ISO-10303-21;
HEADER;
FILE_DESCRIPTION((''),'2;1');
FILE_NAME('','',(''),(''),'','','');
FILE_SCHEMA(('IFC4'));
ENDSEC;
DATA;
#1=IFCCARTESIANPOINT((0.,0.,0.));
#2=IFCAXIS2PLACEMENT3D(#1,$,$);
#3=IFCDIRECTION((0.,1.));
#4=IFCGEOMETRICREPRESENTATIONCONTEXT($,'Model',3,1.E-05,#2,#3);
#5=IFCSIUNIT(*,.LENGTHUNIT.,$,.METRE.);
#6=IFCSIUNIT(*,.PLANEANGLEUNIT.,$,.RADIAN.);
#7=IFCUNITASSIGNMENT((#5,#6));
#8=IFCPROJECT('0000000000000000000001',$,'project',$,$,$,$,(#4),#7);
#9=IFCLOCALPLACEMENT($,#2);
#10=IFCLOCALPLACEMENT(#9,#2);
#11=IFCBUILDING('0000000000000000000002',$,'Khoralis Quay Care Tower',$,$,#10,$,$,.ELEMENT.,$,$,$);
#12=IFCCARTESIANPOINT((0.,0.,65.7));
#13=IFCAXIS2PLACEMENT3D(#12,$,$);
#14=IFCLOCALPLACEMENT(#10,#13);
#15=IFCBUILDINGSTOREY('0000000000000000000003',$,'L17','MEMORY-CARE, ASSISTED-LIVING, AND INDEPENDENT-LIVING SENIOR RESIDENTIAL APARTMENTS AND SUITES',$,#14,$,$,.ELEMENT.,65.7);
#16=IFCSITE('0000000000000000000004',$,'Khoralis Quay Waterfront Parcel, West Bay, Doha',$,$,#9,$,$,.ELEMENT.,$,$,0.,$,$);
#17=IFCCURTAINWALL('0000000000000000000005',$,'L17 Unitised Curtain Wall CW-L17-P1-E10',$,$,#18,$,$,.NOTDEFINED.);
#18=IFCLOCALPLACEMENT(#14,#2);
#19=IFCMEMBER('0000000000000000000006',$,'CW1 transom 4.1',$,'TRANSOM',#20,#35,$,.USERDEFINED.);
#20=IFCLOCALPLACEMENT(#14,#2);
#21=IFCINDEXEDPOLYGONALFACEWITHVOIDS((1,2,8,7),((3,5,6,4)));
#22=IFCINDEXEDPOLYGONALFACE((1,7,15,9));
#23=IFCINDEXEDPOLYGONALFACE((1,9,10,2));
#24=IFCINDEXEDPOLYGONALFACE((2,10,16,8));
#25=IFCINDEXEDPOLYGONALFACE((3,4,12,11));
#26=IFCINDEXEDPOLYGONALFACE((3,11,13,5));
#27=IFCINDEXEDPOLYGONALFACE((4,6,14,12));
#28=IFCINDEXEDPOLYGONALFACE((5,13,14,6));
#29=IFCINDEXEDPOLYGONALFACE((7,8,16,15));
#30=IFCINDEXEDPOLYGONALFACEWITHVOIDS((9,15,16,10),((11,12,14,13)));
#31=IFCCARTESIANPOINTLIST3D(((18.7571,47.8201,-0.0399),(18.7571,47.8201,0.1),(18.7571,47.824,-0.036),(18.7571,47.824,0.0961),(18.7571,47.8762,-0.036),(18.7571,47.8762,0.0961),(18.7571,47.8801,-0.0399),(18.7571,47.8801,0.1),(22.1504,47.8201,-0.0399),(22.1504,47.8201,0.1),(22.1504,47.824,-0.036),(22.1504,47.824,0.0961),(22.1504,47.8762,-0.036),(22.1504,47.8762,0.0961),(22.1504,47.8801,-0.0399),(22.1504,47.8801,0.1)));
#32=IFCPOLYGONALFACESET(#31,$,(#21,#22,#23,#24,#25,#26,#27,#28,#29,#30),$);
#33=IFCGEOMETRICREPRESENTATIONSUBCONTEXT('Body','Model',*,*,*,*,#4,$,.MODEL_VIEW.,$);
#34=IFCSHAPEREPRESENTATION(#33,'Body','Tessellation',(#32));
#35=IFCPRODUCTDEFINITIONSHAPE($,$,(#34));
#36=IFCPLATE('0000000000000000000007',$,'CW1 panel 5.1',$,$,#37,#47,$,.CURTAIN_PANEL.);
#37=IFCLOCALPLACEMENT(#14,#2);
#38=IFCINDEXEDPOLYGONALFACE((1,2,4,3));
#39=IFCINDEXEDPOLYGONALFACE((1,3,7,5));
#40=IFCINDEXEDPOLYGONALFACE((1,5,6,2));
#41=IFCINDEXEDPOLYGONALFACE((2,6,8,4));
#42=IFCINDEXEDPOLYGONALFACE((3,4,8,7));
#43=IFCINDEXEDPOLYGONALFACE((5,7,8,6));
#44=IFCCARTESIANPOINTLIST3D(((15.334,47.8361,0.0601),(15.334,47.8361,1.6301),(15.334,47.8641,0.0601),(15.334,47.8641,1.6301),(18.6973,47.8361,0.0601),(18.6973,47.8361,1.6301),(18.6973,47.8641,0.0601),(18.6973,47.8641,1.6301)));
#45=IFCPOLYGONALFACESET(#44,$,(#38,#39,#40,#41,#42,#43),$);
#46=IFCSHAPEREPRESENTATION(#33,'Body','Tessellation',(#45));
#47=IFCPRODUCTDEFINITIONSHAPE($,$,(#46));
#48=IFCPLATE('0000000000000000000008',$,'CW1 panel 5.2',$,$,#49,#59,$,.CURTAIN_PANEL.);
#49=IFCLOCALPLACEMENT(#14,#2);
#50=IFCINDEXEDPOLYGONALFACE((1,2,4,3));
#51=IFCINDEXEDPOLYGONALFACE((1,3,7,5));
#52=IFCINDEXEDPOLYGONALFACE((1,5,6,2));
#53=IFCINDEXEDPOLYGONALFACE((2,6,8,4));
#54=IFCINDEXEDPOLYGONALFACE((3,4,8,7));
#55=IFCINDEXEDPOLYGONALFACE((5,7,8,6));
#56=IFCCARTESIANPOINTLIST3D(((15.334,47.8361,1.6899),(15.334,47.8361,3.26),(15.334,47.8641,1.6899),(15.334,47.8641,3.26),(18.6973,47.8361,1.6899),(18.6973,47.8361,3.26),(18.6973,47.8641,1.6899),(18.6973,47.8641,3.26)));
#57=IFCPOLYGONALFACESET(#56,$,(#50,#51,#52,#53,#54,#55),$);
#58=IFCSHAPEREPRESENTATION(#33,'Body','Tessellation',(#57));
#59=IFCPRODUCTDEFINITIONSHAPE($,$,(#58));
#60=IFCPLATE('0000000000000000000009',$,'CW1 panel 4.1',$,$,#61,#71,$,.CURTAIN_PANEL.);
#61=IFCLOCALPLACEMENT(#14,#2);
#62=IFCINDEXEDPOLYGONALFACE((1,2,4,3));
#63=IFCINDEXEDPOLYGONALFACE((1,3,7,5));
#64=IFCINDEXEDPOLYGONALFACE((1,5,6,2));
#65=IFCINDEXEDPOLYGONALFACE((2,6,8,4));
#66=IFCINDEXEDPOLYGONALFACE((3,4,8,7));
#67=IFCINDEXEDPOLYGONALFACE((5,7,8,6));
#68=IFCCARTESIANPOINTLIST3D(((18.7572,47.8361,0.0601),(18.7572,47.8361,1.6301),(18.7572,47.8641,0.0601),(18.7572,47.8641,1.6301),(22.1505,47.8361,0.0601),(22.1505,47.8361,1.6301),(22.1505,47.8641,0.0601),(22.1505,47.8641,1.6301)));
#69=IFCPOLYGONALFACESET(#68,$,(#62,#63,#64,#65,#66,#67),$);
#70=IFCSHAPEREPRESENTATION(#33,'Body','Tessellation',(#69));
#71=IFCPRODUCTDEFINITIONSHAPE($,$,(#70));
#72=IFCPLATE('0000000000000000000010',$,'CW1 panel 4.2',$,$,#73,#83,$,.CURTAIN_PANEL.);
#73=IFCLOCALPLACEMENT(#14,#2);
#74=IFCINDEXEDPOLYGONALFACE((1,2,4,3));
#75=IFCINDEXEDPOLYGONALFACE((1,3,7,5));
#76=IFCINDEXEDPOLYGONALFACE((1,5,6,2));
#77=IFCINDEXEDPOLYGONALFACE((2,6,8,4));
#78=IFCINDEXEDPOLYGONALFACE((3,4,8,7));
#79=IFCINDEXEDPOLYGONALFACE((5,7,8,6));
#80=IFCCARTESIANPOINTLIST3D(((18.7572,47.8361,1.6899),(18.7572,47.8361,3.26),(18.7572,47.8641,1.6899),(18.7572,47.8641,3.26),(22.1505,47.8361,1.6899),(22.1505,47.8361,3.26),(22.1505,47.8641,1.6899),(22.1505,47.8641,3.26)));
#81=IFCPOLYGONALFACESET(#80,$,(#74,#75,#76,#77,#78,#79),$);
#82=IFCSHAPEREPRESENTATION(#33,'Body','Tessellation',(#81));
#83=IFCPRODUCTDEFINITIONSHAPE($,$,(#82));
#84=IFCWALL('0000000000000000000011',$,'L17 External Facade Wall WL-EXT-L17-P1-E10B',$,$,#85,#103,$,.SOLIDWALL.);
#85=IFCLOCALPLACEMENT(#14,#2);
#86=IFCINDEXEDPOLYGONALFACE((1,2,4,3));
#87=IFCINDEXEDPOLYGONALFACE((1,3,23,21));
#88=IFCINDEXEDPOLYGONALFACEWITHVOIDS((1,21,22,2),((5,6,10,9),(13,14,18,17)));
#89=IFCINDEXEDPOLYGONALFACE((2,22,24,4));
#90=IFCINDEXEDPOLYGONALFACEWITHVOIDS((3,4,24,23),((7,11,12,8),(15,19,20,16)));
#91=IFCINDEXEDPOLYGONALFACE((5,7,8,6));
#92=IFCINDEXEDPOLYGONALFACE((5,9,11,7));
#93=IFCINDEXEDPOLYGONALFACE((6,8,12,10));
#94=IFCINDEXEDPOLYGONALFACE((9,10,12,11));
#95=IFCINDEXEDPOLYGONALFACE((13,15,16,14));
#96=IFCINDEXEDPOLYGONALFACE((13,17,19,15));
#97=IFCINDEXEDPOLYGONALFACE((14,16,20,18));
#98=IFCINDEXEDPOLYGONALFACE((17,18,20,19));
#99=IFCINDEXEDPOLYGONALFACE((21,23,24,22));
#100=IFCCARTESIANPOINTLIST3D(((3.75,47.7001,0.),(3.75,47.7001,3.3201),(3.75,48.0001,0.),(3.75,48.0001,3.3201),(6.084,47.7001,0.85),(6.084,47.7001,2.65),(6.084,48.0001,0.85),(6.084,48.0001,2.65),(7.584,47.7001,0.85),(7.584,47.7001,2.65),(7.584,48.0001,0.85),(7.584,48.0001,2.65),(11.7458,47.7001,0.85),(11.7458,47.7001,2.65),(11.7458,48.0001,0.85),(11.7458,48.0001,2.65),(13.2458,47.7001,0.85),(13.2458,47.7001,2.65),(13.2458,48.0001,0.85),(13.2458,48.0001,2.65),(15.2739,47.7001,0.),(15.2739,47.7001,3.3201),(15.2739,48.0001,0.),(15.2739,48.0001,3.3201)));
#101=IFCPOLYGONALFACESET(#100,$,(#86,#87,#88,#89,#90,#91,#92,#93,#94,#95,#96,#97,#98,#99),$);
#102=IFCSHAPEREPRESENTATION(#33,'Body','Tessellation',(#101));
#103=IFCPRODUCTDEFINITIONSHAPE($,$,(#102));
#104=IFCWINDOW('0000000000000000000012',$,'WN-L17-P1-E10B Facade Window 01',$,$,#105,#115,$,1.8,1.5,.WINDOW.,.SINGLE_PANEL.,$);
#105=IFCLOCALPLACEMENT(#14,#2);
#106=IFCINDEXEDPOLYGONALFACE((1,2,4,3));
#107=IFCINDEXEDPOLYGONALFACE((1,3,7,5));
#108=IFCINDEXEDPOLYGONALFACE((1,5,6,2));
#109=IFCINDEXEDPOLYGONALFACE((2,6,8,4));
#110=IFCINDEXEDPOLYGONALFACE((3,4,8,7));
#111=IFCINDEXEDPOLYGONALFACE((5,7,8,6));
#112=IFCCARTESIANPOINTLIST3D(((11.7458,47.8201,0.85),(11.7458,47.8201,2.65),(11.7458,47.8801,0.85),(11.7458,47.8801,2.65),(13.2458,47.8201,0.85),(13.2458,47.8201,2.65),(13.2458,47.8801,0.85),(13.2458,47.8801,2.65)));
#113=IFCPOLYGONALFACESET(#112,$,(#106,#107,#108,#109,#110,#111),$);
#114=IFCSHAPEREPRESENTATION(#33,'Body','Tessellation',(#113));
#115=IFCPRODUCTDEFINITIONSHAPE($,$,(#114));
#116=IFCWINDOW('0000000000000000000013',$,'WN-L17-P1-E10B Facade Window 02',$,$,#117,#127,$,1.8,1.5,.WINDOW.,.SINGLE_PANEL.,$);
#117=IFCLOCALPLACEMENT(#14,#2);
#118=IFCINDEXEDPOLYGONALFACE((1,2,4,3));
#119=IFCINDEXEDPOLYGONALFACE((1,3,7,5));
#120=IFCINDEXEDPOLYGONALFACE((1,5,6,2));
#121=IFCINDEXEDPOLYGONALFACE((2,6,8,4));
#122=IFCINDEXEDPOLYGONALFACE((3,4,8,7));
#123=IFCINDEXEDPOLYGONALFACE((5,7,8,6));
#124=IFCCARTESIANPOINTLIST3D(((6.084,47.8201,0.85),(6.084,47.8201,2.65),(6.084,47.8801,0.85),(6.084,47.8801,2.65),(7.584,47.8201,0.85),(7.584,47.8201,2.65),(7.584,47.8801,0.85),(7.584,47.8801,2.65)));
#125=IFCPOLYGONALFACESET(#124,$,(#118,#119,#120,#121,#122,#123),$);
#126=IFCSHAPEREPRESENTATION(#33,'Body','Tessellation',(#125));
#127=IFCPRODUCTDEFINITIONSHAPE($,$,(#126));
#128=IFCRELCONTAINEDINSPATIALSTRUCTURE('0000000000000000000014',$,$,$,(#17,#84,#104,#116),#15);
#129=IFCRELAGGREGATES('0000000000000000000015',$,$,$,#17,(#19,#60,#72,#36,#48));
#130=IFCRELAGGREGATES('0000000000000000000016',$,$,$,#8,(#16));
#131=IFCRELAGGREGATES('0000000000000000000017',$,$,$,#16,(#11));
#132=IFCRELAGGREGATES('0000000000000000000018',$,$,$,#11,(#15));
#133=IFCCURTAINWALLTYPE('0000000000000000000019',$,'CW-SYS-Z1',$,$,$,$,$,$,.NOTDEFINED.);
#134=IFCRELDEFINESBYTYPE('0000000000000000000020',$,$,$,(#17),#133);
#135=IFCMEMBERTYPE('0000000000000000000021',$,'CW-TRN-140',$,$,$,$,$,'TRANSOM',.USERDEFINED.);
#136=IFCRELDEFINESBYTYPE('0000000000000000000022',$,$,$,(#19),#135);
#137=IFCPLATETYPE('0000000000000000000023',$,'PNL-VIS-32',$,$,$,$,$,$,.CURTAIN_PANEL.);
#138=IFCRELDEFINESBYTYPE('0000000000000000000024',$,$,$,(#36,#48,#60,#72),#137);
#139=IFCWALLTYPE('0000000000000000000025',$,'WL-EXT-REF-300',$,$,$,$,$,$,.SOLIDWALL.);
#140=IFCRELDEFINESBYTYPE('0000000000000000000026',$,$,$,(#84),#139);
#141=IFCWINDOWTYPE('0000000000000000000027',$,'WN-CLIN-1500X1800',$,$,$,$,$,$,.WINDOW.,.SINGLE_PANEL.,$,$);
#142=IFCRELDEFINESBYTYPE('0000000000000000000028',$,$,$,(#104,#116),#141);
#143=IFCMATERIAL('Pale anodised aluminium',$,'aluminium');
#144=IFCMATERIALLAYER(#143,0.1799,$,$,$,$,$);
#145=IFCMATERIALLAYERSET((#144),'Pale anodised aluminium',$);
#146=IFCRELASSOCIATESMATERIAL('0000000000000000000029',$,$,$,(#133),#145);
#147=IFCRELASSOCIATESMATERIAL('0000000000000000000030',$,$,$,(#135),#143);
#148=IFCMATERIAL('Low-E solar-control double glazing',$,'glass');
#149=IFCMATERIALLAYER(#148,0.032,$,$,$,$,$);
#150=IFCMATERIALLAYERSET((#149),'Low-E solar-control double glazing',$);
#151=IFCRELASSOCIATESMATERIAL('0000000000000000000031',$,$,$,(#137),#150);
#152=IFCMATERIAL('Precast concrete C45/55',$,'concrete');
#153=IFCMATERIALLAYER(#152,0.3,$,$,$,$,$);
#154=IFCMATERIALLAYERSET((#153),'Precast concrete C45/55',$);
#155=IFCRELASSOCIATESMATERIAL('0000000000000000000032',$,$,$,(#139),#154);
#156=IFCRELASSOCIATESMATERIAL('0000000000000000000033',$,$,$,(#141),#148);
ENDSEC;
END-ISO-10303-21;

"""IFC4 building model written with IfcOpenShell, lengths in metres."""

from ifc_helpers import new_model, si_unit, direction, frame, frame_2d, origin, origin_2d, place, context, subcontext, project, spatial, rectangle, hollow_rectangle, extrude, source, transform, mapped, material, layer, layer_set, material_profile, profile_set, type_object, element, fill, aggregate, save


model = new_model("IFC4")

# Units and contexts
model_context = context("Model", 3, precision=1e-05, world=origin(), true_north=direction((0.0, 1.0)))
body_context = subcontext(model_context, "Body", "Model", "MODEL_VIEW")
ifc_project = project(units=[si_unit("LENGTHUNIT", "METRE"), si_unit("PLANEANGLEUNIT", "RADIAN")], contexts=[model_context])

# Site, building, storey
site_placement = place(None, origin())
site = spatial("IfcSite", under=ifc_project, at=site_placement, Name="Khoralis Quay Waterfront Parcel, West Bay, Doha", CompositionType="ELEMENT", RefElevation=0.0)
building_placement = place(site_placement, origin())
building = spatial("IfcBuilding", under=site, at=building_placement, Name="Khoralis Quay Care Tower", CompositionType="ELEMENT")
storey_placement = place(building_placement, frame((0.0, 0.0, 65.7)))
storey = spatial("IfcBuildingStorey", under=building, at=storey_placement, Name="L17", Description="MEMORY-CARE, ASSISTED-LIVING, AND INDEPENDENT-LIVING SENIOR RESIDENTIAL APARTMENTS AND SUITES", CompositionType="ELEMENT", Elevation=65.7)

# Curtain wall, member, plates
ifc_material_1 = material(Name="Pale anodised aluminium", Category="aluminium")
ifc_layer_1 = layer(ifc_material_1, 0.1799)
ifc_layer_set_1 = layer_set([ifc_layer_1], Name="Pale anodised aluminium")
curtain_wall_type = type_object("IfcCurtainWallType", Name="CW-SYS-Z1", PredefinedType="NOTDEFINED", material=ifc_layer_set_1)
curtain_wall_placement = place(storey_placement, origin())
curtain_wall = element("IfcCurtainWall", 1, at=curtain_wall_placement, inside=storey, type_object=curtain_wall_type, Name="L17 Unitised Curtain Wall CW-L17-P1-E10", PredefinedType="NOTDEFINED")
ifc_material_profile_1 = material_profile(ifc_material_1, hollow_rectangle(XDim=0.0601, YDim=0.1399, WallThickness=0.0039, at=origin_2d()), Name="Pale anodised aluminium")
ifc_profile_set_1 = profile_set([ifc_material_profile_1], Name="Pale anodised aluminium")
member_type_1 = type_object("IfcMemberType", Name="CW-TRN-140", ElementType="TRANSOM", PredefinedType="USERDEFINED", material=ifc_profile_set_1)
shared_shape_1 = source(origin(), body_context, "Body", "SweptSolid", [
    extrude(hollow_rectangle(XDim=0.0601, YDim=0.1399, WallThickness=0.0039, at=origin_2d()), origin(), (0.0, 0.0, 1.0), 3.3933),
])
member_1_placement = place(storey_placement, frame((22.1504, 47.8501, 0.03), z_axis=(-1.0, 0.0, 0.0), x_axis=(0.0, -1.0, 0.0)))
member_1 = element("IfcMember", 2, at=member_1_placement, type_object=member_type_1, Name="CW1 transom 4.1", ObjectType="TRANSOM", PredefinedType="USERDEFINED", context=body_context, shape_type="MappedRepresentation", body=[
    mapped(shared_shape_1, transform((0.0, 0.0, 0.0), scale=1.0)),
])
ifc_material_2 = material(Name="Low-E solar-control double glazing", Category="glass")
ifc_layer_2 = layer(ifc_material_2, 0.032)
ifc_layer_set_2 = layer_set([ifc_layer_2], Name="Low-E solar-control double glazing")
plate_type = type_object("IfcPlateType", Name="PNL-VIS-32", PredefinedType="CURTAIN_PANEL", material=ifc_layer_set_2)
shared_shape_2 = source(origin(), body_context, "Body", "SweptSolid", [
    extrude(rectangle(XDim=3.3633, YDim=0.0281, at=origin_2d()), origin(), (0.0, 0.0, 1.0), 1.5701),
])
plate_1_placement = place(storey_placement, frame((17.0156, 47.8501, 0.0601), z_axis=(0.0, 0.0, 1.0), x_axis=(-1.0, 0.0, 0.0)))
plate_1 = element("IfcPlate", 3, at=plate_1_placement, type_object=plate_type, Name="CW1 panel 5.1", PredefinedType="CURTAIN_PANEL", context=body_context, shape_type="MappedRepresentation", body=[
    mapped(shared_shape_2, transform((0.0, 0.0, 0.0), scale=1.0)),
])
plate_2_placement = place(storey_placement, frame((17.0156, 47.8501, 1.6899), z_axis=(0.0, 0.0, 1.0), x_axis=(-1.0, 0.0, 0.0)))
plate_2 = element("IfcPlate", 4, at=plate_2_placement, type_object=plate_type, Name="CW1 panel 5.2", PredefinedType="CURTAIN_PANEL", context=body_context, shape_type="MappedRepresentation", body=[
    mapped(shared_shape_2, transform((0.0, 0.0, 0.0), scale=1.0)),
])
shared_shape_3 = source(origin(), body_context, "Body", "SweptSolid", [
    extrude(rectangle(XDim=3.3933, YDim=0.0281, at=origin_2d()), origin(), (0.0, 0.0, 1.0), 1.5701),
])
plate_3_placement = place(storey_placement, frame((20.4539, 47.8501, 0.0601), z_axis=(0.0, 0.0, 1.0), x_axis=(-1.0, 0.0, 0.0)))
plate_3 = element("IfcPlate", 5, at=plate_3_placement, type_object=plate_type, Name="CW1 panel 4.1", PredefinedType="CURTAIN_PANEL", context=body_context, shape_type="MappedRepresentation", body=[
    mapped(shared_shape_3, transform((0.0, 0.0, 0.0), scale=1.0)),
])
plate_4_placement = place(storey_placement, frame((20.4539, 47.8501, 1.6899), z_axis=(0.0, 0.0, 1.0), x_axis=(-1.0, 0.0, 0.0)))
plate_4 = element("IfcPlate", 6, at=plate_4_placement, type_object=plate_type, Name="CW1 panel 4.2", PredefinedType="CURTAIN_PANEL", context=body_context, shape_type="MappedRepresentation", body=[
    mapped(shared_shape_3, transform((0.0, 0.0, 0.0), scale=1.0)),
])
aggregate(curtain_wall, [member_1, plate_3, plate_4, plate_1, plate_2])

# Wall, openings, windows
ifc_material_3 = material(Name="Precast concrete C45/55", Category="concrete")
ifc_layer_3 = layer(ifc_material_3, 0.3)
ifc_layer_set_3 = layer_set([ifc_layer_3], Name="Precast concrete C45/55")
wall_type_1 = type_object("IfcWallType", Name="WL-EXT-REF-300", PredefinedType="SOLIDWALL", material=ifc_layer_set_3)
wall_1_placement = place(storey_placement, frame((15.2739, 47.8501, 0.0), z_axis=(0.0, 0.0, 1.0), x_axis=(-1.0, 0.0, 0.0)))
wall_1 = element("IfcWall", 7, at=wall_1_placement, inside=storey, type_object=wall_type_1, Name="L17 External Facade Wall WL-EXT-L17-P1-E10B", PredefinedType="SOLIDWALL", context=body_context, shape_type="SweptSolid", body=[
    extrude(rectangle(XDim=11.5239, YDim=0.3, at=frame_2d((5.762, 0.0))), origin(), (0.0, 0.0, 1.0), 3.3201),
])
opening_1_placement = place(wall_1_placement, frame((2.0281, 0.0, 0.8501)))
opening_1 = element("IfcOpeningElement", 8, at=opening_1_placement, cuts=wall_1, PredefinedType="OPENING", context=body_context, shape_type="SweptSolid", body=[
    extrude(rectangle(XDim=1.5, YDim=1.8, at=frame_2d((0.75, 0.8999))), frame((0.0, 0.1602, 0.0), z_axis=(0.0, -1.0, 0.0), x_axis=(1.0, 0.0, 0.0)), (0.0, 0.0, 1.0), 0.3201),
])
opening_2_placement = place(wall_1_placement, frame((7.6899, 0.0, 0.8501)))
opening_2 = element("IfcOpeningElement", 9, at=opening_2_placement, cuts=wall_1, PredefinedType="OPENING", context=body_context, shape_type="SweptSolid", body=[
    extrude(rectangle(XDim=1.5, YDim=1.8, at=frame_2d((0.75, 0.8999))), frame((0.0, 0.1602, 0.0), z_axis=(0.0, -1.0, 0.0), x_axis=(1.0, 0.0, 0.0)), (0.0, 0.0, 1.0), 0.3201),
])
window_type = type_object("IfcWindowType", Name="WN-CLIN-1500X1800", PartitioningType="SINGLE_PANEL", PredefinedType="WINDOW", material=ifc_material_2)
shared_shape_4 = source(origin(), body_context, "Body", "SweptSolid", [
    extrude(rectangle(XDim=1.5, YDim=1.8, at=frame_2d((0.75, 0.8999))), frame((0.0, 0.03, 0.0), z_axis=(0.0, -1.0, 0.0), x_axis=(1.0, 0.0, 0.0)), (0.0, 0.0, 1.0), 0.0601),
])
window_1_placement = place(opening_1_placement, origin())
window_1 = element("IfcWindow", 10, at=window_1_placement, inside=storey, type_object=window_type, Name="WN-L17-P1-E10B Facade Window 01", OverallHeight=1.8, OverallWidth=1.5, PartitioningType="SINGLE_PANEL", PredefinedType="WINDOW", context=body_context, shape_type="MappedRepresentation", body=[
    mapped(shared_shape_4, transform((0.0, 0.0, 0.0), scale=1.0)),
])
fill(opening_1, window_1)
window_2_placement = place(opening_2_placement, origin())
window_2 = element("IfcWindow", 11, at=window_2_placement, inside=storey, type_object=window_type, Name="WN-L17-P1-E10B Facade Window 02", OverallHeight=1.8, OverallWidth=1.5, PartitioningType="SINGLE_PANEL", PredefinedType="WINDOW", context=body_context, shape_type="MappedRepresentation", body=[
    mapped(shared_shape_4, transform((0.0, 0.0, 0.0), scale=1.0)),
])
fill(opening_2, window_2)

save(model, "model.ifc")
